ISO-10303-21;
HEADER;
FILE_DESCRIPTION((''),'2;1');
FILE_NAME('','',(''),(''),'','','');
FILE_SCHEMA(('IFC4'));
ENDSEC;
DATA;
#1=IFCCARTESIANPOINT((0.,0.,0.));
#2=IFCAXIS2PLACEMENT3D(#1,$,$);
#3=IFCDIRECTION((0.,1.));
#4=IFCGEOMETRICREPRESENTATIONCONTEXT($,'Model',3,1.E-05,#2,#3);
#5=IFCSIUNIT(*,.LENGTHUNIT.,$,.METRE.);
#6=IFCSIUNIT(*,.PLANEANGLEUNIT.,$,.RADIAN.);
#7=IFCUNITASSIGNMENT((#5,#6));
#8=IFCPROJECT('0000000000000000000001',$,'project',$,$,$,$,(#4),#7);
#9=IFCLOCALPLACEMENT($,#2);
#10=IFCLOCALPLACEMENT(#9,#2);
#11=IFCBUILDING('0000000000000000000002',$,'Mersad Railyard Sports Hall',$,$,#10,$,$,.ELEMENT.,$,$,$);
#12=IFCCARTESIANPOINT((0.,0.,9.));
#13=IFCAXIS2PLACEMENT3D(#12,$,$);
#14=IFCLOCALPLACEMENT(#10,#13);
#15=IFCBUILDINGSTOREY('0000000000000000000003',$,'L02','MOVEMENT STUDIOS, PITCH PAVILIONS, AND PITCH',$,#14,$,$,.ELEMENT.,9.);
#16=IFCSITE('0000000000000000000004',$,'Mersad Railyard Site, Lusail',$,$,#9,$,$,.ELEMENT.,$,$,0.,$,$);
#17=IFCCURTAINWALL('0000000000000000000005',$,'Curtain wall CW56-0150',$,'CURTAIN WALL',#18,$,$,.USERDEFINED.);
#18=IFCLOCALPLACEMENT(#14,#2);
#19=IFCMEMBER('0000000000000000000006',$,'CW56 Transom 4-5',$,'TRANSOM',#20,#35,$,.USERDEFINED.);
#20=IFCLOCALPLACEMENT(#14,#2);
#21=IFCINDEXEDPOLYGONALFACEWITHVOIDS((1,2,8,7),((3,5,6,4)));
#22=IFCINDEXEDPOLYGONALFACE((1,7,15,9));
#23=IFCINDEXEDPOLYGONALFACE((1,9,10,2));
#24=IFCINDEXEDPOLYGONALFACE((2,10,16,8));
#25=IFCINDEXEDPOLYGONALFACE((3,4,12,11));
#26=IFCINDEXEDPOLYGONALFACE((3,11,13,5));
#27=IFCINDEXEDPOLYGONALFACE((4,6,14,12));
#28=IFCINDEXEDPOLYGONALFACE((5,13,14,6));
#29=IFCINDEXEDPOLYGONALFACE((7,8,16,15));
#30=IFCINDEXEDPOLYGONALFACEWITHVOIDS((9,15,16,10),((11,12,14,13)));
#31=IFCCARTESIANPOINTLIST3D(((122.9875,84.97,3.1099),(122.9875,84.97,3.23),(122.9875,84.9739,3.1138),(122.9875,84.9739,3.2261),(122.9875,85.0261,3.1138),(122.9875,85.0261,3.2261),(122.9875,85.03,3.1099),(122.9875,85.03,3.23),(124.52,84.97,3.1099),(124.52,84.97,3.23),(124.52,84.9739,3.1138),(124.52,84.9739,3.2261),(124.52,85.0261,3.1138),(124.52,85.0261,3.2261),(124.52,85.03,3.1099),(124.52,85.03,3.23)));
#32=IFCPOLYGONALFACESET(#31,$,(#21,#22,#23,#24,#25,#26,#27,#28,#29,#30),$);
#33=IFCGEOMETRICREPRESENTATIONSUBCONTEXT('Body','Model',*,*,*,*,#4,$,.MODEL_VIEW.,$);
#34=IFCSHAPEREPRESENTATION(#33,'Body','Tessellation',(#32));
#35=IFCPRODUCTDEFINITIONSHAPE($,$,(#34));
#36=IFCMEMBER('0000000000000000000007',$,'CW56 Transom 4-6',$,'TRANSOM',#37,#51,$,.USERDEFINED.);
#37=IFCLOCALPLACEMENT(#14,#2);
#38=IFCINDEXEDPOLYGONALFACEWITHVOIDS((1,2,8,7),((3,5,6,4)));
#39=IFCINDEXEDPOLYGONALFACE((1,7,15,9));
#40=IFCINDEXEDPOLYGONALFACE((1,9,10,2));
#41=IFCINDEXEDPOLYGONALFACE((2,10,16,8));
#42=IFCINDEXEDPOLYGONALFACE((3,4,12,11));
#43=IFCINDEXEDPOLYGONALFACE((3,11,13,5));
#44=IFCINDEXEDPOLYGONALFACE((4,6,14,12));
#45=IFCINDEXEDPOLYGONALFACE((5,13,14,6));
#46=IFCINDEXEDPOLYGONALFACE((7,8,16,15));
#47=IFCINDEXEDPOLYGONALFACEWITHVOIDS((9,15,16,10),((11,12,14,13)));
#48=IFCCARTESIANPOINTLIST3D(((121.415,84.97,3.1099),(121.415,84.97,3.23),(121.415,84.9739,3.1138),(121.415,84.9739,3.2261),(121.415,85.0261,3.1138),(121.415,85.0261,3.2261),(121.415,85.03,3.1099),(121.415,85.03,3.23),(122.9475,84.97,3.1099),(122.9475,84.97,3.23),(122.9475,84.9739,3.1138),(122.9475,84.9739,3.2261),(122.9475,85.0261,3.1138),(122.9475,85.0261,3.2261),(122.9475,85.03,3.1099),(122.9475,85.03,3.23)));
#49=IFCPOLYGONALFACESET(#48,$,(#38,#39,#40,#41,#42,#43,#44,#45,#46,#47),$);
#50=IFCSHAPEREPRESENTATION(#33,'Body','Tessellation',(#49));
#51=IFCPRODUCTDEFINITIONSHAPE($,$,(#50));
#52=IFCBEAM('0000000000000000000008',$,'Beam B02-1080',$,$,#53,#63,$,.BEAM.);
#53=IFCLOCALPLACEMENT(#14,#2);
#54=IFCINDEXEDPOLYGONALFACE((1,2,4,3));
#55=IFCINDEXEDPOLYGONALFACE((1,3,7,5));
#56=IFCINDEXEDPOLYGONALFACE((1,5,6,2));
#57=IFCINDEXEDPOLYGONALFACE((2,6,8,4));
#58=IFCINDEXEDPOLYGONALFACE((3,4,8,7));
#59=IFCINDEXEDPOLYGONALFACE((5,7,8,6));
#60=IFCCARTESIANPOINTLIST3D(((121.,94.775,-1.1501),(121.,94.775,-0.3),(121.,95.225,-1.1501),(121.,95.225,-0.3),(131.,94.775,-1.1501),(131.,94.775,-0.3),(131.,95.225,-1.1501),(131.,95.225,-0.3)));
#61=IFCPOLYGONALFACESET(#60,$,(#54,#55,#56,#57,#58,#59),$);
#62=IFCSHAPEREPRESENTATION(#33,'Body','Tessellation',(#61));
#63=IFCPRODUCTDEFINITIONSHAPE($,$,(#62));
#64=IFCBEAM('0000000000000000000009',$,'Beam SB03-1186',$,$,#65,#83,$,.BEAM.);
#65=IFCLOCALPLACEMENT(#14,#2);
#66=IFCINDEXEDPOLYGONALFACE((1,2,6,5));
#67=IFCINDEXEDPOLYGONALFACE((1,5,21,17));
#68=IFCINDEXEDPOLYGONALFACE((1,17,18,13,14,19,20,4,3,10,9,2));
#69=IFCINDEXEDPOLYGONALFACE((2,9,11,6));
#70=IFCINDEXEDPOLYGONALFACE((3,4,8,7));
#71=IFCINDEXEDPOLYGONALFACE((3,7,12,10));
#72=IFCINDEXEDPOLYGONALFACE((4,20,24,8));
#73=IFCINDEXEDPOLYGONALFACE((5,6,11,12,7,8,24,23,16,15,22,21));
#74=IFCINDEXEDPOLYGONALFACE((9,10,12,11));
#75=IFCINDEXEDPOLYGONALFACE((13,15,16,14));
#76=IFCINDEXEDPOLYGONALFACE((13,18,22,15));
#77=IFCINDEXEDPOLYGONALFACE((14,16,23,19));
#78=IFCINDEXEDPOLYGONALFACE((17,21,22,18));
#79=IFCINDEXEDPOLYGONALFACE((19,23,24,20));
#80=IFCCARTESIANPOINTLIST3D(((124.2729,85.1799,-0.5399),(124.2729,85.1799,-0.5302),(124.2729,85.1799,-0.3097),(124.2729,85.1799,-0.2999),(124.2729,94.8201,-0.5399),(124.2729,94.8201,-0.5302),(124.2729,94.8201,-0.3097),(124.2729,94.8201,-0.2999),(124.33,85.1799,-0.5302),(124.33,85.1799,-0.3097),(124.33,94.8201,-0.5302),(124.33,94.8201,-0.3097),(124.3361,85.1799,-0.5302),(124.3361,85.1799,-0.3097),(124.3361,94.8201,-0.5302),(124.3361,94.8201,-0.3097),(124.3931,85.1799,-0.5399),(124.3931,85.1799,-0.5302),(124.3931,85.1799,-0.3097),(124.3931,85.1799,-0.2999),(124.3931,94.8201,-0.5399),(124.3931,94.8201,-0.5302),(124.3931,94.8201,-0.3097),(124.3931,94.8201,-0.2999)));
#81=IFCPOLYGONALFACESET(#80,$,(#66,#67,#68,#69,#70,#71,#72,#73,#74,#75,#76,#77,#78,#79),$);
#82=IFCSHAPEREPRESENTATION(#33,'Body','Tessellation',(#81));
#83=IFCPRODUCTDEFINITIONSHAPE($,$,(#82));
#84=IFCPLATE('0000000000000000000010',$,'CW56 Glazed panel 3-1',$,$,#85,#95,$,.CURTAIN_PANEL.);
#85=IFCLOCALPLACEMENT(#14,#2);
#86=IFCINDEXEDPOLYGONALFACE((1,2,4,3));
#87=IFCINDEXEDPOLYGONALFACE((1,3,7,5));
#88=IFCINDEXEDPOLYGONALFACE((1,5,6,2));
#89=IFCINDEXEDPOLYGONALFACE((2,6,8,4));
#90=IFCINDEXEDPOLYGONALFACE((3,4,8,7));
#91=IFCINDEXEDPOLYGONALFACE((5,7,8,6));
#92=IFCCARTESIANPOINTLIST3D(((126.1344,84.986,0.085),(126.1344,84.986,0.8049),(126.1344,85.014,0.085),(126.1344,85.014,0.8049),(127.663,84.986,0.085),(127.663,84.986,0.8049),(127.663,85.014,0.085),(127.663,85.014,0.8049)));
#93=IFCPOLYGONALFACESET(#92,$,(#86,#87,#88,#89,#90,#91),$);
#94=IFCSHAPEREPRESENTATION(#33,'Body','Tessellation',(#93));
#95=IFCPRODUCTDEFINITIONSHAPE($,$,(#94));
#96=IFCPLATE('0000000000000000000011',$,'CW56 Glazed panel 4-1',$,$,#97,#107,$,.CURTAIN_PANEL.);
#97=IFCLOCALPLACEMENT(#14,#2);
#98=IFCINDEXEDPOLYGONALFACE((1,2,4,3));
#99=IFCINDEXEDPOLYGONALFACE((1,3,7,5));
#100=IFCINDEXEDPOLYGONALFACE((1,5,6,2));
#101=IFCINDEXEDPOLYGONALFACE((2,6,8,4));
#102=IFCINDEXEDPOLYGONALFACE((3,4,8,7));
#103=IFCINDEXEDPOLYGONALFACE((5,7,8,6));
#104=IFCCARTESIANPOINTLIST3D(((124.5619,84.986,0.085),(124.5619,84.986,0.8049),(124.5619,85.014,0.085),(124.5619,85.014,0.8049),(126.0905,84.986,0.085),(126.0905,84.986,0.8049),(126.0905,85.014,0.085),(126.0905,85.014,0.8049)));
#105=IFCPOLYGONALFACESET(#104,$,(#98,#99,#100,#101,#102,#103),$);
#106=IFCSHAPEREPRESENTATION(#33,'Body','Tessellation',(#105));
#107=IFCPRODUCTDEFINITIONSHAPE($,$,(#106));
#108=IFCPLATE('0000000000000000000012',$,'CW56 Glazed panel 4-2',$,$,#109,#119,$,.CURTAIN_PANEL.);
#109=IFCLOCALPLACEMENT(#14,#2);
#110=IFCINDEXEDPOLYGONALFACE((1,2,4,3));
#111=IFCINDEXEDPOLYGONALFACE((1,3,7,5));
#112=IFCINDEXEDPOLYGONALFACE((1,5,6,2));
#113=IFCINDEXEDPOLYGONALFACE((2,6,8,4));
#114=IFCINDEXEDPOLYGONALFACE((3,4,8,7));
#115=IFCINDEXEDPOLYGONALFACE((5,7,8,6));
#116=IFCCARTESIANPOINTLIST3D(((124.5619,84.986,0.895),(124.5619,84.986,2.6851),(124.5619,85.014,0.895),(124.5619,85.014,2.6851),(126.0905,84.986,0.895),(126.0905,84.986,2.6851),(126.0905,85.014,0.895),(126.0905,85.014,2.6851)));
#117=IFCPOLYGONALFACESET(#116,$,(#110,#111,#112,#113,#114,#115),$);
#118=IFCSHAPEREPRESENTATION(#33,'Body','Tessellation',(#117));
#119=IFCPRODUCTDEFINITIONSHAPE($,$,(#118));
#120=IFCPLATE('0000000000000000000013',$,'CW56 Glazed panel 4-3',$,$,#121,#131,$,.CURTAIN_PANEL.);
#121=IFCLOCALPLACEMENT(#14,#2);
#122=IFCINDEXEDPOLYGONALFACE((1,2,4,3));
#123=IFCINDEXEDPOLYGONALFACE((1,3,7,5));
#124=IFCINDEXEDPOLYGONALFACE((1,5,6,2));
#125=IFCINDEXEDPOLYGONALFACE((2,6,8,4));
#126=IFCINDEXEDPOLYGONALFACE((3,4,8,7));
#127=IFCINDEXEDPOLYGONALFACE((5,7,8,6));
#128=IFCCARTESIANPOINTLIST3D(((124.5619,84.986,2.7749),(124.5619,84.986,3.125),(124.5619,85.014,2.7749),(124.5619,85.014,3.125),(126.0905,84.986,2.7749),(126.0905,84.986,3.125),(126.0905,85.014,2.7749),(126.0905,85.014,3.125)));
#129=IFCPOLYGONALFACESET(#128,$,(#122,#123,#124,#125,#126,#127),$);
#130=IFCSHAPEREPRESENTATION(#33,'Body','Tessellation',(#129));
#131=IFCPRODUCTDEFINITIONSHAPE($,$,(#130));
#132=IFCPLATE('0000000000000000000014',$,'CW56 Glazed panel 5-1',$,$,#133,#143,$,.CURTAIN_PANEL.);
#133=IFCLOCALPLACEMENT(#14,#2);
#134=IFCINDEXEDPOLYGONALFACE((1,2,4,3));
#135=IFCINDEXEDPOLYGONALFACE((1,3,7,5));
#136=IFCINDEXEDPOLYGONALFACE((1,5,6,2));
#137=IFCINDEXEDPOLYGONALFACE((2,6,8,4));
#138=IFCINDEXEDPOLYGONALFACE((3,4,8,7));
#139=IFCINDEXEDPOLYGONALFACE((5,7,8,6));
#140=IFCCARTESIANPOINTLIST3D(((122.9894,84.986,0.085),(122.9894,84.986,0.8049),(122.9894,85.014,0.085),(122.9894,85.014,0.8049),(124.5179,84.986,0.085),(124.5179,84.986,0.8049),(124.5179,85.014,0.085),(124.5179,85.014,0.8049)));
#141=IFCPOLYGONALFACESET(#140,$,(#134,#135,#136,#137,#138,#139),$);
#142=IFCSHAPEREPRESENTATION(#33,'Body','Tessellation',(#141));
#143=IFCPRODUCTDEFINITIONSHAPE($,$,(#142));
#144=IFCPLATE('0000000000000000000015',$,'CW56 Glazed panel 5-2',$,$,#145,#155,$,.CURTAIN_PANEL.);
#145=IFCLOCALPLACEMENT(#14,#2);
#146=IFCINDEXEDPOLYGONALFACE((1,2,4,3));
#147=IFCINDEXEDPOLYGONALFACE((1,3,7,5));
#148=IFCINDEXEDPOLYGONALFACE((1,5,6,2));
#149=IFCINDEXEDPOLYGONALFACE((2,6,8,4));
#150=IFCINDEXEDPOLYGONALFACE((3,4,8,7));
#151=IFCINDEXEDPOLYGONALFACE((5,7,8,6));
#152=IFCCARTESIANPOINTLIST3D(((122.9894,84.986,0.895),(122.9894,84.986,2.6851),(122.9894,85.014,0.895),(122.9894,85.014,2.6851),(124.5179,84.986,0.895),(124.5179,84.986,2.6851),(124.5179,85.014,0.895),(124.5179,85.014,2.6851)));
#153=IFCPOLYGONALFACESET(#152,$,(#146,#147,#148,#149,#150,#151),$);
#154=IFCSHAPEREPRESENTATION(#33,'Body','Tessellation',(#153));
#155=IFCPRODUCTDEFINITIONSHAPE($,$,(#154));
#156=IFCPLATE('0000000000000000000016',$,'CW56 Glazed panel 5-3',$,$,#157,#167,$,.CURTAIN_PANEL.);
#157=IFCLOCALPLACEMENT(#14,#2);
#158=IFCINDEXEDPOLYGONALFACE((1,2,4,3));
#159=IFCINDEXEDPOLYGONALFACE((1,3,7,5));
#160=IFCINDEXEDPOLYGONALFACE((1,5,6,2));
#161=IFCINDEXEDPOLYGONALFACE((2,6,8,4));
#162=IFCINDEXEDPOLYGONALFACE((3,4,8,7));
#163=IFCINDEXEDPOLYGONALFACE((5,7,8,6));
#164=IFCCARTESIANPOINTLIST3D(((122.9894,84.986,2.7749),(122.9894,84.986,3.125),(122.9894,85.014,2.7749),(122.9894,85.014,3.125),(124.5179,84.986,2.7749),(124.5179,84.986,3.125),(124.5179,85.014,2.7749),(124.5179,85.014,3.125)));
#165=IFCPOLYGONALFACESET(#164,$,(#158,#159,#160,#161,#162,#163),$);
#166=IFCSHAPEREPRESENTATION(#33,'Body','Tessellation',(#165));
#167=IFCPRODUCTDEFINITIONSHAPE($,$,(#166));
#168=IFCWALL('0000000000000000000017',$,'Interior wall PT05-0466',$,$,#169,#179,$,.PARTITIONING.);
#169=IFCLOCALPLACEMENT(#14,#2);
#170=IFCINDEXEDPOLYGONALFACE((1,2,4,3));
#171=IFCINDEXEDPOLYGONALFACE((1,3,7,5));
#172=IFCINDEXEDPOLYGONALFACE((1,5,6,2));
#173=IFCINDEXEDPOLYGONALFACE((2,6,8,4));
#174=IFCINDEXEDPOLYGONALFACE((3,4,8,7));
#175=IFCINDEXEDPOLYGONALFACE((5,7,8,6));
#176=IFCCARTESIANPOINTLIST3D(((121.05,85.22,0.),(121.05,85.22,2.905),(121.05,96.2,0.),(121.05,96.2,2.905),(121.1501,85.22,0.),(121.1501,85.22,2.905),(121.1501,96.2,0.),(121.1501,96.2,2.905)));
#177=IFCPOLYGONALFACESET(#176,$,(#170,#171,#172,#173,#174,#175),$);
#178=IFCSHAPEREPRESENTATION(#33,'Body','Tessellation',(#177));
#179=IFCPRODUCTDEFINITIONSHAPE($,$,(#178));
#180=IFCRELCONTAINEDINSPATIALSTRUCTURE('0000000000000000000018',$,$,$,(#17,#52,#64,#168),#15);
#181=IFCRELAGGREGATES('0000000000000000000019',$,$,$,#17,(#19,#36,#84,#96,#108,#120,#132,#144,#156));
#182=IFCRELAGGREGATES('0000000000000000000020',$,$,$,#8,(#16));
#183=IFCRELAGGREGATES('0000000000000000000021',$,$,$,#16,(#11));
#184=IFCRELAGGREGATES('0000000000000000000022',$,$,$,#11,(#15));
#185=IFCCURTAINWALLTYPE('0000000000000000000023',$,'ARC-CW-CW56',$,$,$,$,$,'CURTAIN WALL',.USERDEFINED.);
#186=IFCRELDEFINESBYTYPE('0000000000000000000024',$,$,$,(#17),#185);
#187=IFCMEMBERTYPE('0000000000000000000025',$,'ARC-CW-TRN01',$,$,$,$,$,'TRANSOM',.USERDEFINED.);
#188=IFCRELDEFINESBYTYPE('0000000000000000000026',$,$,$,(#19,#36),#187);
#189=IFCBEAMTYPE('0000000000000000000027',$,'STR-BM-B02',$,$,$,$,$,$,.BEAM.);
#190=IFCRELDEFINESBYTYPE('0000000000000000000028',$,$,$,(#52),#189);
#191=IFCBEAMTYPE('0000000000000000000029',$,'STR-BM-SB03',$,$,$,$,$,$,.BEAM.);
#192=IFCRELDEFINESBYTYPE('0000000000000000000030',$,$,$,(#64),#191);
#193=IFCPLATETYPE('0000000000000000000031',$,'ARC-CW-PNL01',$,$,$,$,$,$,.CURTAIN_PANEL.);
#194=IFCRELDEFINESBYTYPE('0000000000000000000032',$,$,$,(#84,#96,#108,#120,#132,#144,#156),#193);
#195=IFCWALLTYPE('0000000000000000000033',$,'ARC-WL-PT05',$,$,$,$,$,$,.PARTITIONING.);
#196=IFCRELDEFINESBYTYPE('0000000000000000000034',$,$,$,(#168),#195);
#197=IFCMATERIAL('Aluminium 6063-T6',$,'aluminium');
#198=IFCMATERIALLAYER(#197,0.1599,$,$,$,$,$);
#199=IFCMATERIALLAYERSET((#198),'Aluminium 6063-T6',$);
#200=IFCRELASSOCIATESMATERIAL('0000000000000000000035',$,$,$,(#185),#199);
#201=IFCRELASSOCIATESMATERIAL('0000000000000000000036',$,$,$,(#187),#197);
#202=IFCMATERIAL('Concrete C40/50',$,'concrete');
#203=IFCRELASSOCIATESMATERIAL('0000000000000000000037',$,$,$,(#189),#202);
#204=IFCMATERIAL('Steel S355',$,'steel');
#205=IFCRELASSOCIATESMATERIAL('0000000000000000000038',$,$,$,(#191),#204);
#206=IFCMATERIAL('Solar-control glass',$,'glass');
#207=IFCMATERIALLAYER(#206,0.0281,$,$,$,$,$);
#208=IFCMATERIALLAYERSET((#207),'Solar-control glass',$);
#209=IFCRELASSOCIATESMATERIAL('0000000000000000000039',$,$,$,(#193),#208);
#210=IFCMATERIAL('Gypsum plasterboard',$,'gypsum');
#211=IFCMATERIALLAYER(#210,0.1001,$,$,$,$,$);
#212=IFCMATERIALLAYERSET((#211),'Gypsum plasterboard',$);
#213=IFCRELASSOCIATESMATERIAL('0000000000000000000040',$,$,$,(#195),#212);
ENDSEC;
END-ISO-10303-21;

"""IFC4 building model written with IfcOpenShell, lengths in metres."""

from ifc_helpers import new_model, si_unit, direction, frame, frame_2d, origin, origin_2d, place, context, subcontext, project, spatial, rectangle, hollow_rectangle, i_section, extrude, material, layer, layer_set, material_profile, profile_set, type_object, element, aggregate, save


model = new_model("IFC4")

# Units and contexts
model_context = context("Model", 3, precision=1e-05, world=origin(), true_north=direction((0.0, 1.0)))
body_context = subcontext(model_context, "Body", "Model", "MODEL_VIEW")
ifc_project = project(units=[si_unit("LENGTHUNIT", "METRE"), si_unit("PLANEANGLEUNIT", "RADIAN")], contexts=[model_context])

# Site, building, storey
site_placement = place(None, origin())
site = spatial("IfcSite", under=ifc_project, at=site_placement, Name="Mersad Railyard Site, Lusail", CompositionType="ELEMENT", RefElevation=0.0)
building_placement = place(site_placement, origin())
building = spatial("IfcBuilding", under=site, at=building_placement, Name="Mersad Railyard Sports Hall", CompositionType="ELEMENT")
storey_placement = place(building_placement, frame((0.0, 0.0, 9.0)))
storey = spatial("IfcBuildingStorey", under=building, at=storey_placement, Name="L02", Description="MOVEMENT STUDIOS, PITCH PAVILIONS, AND PITCH", CompositionType="ELEMENT", Elevation=9.0)

# Curtain wall, members
ifc_material_1 = material(Name="Aluminium 6063-T6", Category="aluminium")
ifc_layer_1 = layer(ifc_material_1, 0.1599)
ifc_layer_set_1 = layer_set([ifc_layer_1], Name="Aluminium 6063-T6")
curtain_wall_type = type_object("IfcCurtainWallType", Name="ARC-CW-CW56", ElementType="CURTAIN WALL", PredefinedType="USERDEFINED", material=ifc_layer_set_1)
curtain_wall_placement = place(storey_placement, origin())
curtain_wall = element("IfcCurtainWall", 1, at=curtain_wall_placement, inside=storey, type_object=curtain_wall_type, Name="Curtain wall CW56-0150", ObjectType="CURTAIN WALL", PredefinedType="USERDEFINED")
ifc_material_profile_1 = material_profile(ifc_material_1, hollow_rectangle(XDim=0.0601, YDim=0.1201, WallThickness=0.0039, at=origin_2d()), Name="AL TRANSOM 60x120x4")
ifc_profile_set_1 = profile_set([ifc_material_profile_1], Name="Aluminium 6063-T6")
member_type_1 = type_object("IfcMemberType", Name="ARC-CW-TRN01", ElementType="TRANSOM", PredefinedType="USERDEFINED", material=ifc_profile_set_1)
member_1_placement = place(storey_placement, frame((124.52, 85.0, 3.1699), z_axis=(-1.0, 0.0, 0.0), x_axis=(0.0, -1.0, 0.0)))
member_1 = element("IfcMember", 2, at=member_1_placement, type_object=member_type_1, Name="CW56 Transom 4-5", ObjectType="TRANSOM", PredefinedType="USERDEFINED", context=body_context, shape_type="SweptSolid", body=[
    extrude(hollow_rectangle(XDim=0.0601, YDim=0.1201, WallThickness=0.0039, at=origin_2d()), origin(), (0.0, 0.0, 1.0), 1.5325),
])
member_2_placement = place(storey_placement, frame((122.9475, 85.0, 3.1699), z_axis=(-1.0, 0.0, 0.0), x_axis=(0.0, -1.0, 0.0)))
member_2 = element("IfcMember", 3, at=member_2_placement, type_object=member_type_1, Name="CW56 Transom 4-6", ObjectType="TRANSOM", PredefinedType="USERDEFINED", context=body_context, shape_type="SweptSolid", body=[
    extrude(hollow_rectangle(XDim=0.0601, YDim=0.1201, WallThickness=0.0039, at=origin_2d()), origin(), (0.0, 0.0, 1.0), 1.5325),
])

# Beams
ifc_material_2 = material(Name="Concrete C40/50", Category="concrete")
ifc_material_profile_2 = material_profile(ifc_material_2, rectangle(XDim=0.45, YDim=0.8501, at=origin_2d()), Name="RC 450x850")
ifc_profile_set_2 = profile_set([ifc_material_profile_2], Name="Concrete C40/50")
beam_type_1 = type_object("IfcBeamType", Name="STR-BM-B02", PredefinedType="BEAM", material=ifc_profile_set_2)
beam_1_placement = place(storey_placement, frame((121.0, 95.0, -0.7251), z_axis=(1.0, 0.0, 0.0), x_axis=(0.0, 1.0, 0.0)))
element("IfcBeam", 4, at=beam_1_placement, inside=storey, type_object=beam_type_1, Name="Beam B02-1080", PredefinedType="BEAM", context=body_context, shape_type="SweptSolid", body=[
    extrude(rectangle(XDim=0.45, YDim=0.8501, at=origin_2d()), origin(), (0.0, 0.0, 1.0), 10.0),
])
ifc_material_3 = material(Name="Steel S355", Category="steel")
ifc_material_profile_3 = material_profile(ifc_material_3, i_section(OverallWidth=0.1201, OverallDepth=0.24, WebThickness=0.0061, FlangeThickness=0.0098, at=origin_2d()), Name="IPE 240")
ifc_profile_set_3 = profile_set([ifc_material_profile_3], Name="Steel S355")
beam_type_2 = type_object("IfcBeamType", Name="STR-BM-SB03", PredefinedType="BEAM", material=ifc_profile_set_3)
beam_2_placement = place(storey_placement, frame((124.333, 85.1799, -0.4199), z_axis=(0.0, 1.0, 0.0), x_axis=(-1.0, 0.0, 0.0)))
element("IfcBeam", 5, at=beam_2_placement, inside=storey, type_object=beam_type_2, Name="Beam SB03-1186", PredefinedType="BEAM", context=body_context, shape_type="SweptSolid", body=[
    extrude(i_section(OverallWidth=0.1201, OverallDepth=0.24, WebThickness=0.0061, FlangeThickness=0.0098, at=origin_2d()), origin(), (0.0, 0.0, 1.0), 9.6401),
])

# Plates
ifc_material_4 = material(Name="Solar-control glass", Category="glass")
ifc_layer_2 = layer(ifc_material_4, 0.0281)
ifc_layer_set_2 = layer_set([ifc_layer_2], Name="Solar-control glass")
plate_type = type_object("IfcPlateType", Name="ARC-CW-PNL01", PredefinedType="CURTAIN_PANEL", material=ifc_layer_set_2)
plate_1_placement = place(storey_placement, frame((126.8987, 85.0, 0.085), z_axis=(0.0, 0.0, 1.0), x_axis=(-1.0, 0.0, 0.0)))
plate_1 = element("IfcPlate", 6, at=plate_1_placement, type_object=plate_type, Name="CW56 Glazed panel 3-1", PredefinedType="CURTAIN_PANEL", context=body_context, shape_type="SweptSolid", body=[
    extrude(rectangle(XDim=1.5286, YDim=0.0281, at=origin_2d()), origin(), (0.0, 0.0, 1.0), 0.72),
])
plate_2_placement = place(storey_placement, frame((125.3262, 85.0, 0.085), z_axis=(0.0, 0.0, 1.0), x_axis=(-1.0, 0.0, 0.0)))
plate_2 = element("IfcPlate", 7, at=plate_2_placement, type_object=plate_type, Name="CW56 Glazed panel 4-1", PredefinedType="CURTAIN_PANEL", context=body_context, shape_type="SweptSolid", body=[
    extrude(rectangle(XDim=1.5286, YDim=0.0281, at=origin_2d()), origin(), (0.0, 0.0, 1.0), 0.72),
])
plate_3_placement = place(storey_placement, frame((125.3262, 85.0, 0.895), z_axis=(0.0, 0.0, 1.0), x_axis=(-1.0, 0.0, 0.0)))
plate_3 = element("IfcPlate", 8, at=plate_3_placement, type_object=plate_type, Name="CW56 Glazed panel 4-2", PredefinedType="CURTAIN_PANEL", context=body_context, shape_type="SweptSolid", body=[
    extrude(rectangle(XDim=1.5286, YDim=0.0281, at=origin_2d()), origin(), (0.0, 0.0, 1.0), 1.79),
])
plate_4_placement = place(storey_placement, frame((125.3262, 85.0, 2.7749), z_axis=(0.0, 0.0, 1.0), x_axis=(-1.0, 0.0, 0.0)))
plate_4 = element("IfcPlate", 9, at=plate_4_placement, type_object=plate_type, Name="CW56 Glazed panel 4-3", PredefinedType="CURTAIN_PANEL", context=body_context, shape_type="SweptSolid", body=[
    extrude(rectangle(XDim=1.5286, YDim=0.0281, at=origin_2d()), origin(), (0.0, 0.0, 1.0), 0.3501),
])
plate_5_placement = place(storey_placement, frame((123.7537, 85.0, 0.085), z_axis=(0.0, 0.0, 1.0), x_axis=(-1.0, 0.0, 0.0)))
plate_5 = element("IfcPlate", 10, at=plate_5_placement, type_object=plate_type, Name="CW56 Glazed panel 5-1", PredefinedType="CURTAIN_PANEL", context=body_context, shape_type="SweptSolid", body=[
    extrude(rectangle(XDim=1.5286, YDim=0.0281, at=origin_2d()), origin(), (0.0, 0.0, 1.0), 0.72),
])
plate_6_placement = place(storey_placement, frame((123.7537, 85.0, 0.895), z_axis=(0.0, 0.0, 1.0), x_axis=(-1.0, 0.0, 0.0)))
plate_6 = element("IfcPlate", 11, at=plate_6_placement, type_object=plate_type, Name="CW56 Glazed panel 5-2", PredefinedType="CURTAIN_PANEL", context=body_context, shape_type="SweptSolid", body=[
    extrude(rectangle(XDim=1.5286, YDim=0.0281, at=origin_2d()), origin(), (0.0, 0.0, 1.0), 1.79),
])
plate_7_placement = place(storey_placement, frame((123.7537, 85.0, 2.7749), z_axis=(0.0, 0.0, 1.0), x_axis=(-1.0, 0.0, 0.0)))
plate_7 = element("IfcPlate", 12, at=plate_7_placement, type_object=plate_type, Name="CW56 Glazed panel 5-3", PredefinedType="CURTAIN_PANEL", context=body_context, shape_type="SweptSolid", body=[
    extrude(rectangle(XDim=1.5286, YDim=0.0281, at=origin_2d()), origin(), (0.0, 0.0, 1.0), 0.3501),
])
aggregate(curtain_wall, [member_1, member_2, plate_1, plate_2, plate_3, plate_4, plate_5, plate_6, plate_7])

# Wall
ifc_material_5 = material(Name="Gypsum plasterboard", Category="gypsum")
ifc_layer_3 = layer(ifc_material_5, 0.1001)
ifc_layer_set_3 = layer_set([ifc_layer_3], Name="Gypsum plasterboard")
wall_type = type_object("IfcWallType", Name="ARC-WL-PT05", PredefinedType="PARTITIONING", material=ifc_layer_set_3)
wall_placement = place(storey_placement, frame((121.1001, 85.22, 0.0), z_axis=(0.0, 0.0, 1.0), x_axis=(0.0, 1.0, 0.0)))
element("IfcWall", 13, at=wall_placement, inside=storey, type_object=wall_type, Name="Interior wall PT05-0466", PredefinedType="PARTITIONING", context=body_context, shape_type="SweptSolid", body=[
    extrude(rectangle(XDim=10.98, YDim=0.1001, at=frame_2d((5.49, 0.0))), origin(), (0.0, 0.0, 1.0), 2.905),
])

save(model, "model.ifc")
